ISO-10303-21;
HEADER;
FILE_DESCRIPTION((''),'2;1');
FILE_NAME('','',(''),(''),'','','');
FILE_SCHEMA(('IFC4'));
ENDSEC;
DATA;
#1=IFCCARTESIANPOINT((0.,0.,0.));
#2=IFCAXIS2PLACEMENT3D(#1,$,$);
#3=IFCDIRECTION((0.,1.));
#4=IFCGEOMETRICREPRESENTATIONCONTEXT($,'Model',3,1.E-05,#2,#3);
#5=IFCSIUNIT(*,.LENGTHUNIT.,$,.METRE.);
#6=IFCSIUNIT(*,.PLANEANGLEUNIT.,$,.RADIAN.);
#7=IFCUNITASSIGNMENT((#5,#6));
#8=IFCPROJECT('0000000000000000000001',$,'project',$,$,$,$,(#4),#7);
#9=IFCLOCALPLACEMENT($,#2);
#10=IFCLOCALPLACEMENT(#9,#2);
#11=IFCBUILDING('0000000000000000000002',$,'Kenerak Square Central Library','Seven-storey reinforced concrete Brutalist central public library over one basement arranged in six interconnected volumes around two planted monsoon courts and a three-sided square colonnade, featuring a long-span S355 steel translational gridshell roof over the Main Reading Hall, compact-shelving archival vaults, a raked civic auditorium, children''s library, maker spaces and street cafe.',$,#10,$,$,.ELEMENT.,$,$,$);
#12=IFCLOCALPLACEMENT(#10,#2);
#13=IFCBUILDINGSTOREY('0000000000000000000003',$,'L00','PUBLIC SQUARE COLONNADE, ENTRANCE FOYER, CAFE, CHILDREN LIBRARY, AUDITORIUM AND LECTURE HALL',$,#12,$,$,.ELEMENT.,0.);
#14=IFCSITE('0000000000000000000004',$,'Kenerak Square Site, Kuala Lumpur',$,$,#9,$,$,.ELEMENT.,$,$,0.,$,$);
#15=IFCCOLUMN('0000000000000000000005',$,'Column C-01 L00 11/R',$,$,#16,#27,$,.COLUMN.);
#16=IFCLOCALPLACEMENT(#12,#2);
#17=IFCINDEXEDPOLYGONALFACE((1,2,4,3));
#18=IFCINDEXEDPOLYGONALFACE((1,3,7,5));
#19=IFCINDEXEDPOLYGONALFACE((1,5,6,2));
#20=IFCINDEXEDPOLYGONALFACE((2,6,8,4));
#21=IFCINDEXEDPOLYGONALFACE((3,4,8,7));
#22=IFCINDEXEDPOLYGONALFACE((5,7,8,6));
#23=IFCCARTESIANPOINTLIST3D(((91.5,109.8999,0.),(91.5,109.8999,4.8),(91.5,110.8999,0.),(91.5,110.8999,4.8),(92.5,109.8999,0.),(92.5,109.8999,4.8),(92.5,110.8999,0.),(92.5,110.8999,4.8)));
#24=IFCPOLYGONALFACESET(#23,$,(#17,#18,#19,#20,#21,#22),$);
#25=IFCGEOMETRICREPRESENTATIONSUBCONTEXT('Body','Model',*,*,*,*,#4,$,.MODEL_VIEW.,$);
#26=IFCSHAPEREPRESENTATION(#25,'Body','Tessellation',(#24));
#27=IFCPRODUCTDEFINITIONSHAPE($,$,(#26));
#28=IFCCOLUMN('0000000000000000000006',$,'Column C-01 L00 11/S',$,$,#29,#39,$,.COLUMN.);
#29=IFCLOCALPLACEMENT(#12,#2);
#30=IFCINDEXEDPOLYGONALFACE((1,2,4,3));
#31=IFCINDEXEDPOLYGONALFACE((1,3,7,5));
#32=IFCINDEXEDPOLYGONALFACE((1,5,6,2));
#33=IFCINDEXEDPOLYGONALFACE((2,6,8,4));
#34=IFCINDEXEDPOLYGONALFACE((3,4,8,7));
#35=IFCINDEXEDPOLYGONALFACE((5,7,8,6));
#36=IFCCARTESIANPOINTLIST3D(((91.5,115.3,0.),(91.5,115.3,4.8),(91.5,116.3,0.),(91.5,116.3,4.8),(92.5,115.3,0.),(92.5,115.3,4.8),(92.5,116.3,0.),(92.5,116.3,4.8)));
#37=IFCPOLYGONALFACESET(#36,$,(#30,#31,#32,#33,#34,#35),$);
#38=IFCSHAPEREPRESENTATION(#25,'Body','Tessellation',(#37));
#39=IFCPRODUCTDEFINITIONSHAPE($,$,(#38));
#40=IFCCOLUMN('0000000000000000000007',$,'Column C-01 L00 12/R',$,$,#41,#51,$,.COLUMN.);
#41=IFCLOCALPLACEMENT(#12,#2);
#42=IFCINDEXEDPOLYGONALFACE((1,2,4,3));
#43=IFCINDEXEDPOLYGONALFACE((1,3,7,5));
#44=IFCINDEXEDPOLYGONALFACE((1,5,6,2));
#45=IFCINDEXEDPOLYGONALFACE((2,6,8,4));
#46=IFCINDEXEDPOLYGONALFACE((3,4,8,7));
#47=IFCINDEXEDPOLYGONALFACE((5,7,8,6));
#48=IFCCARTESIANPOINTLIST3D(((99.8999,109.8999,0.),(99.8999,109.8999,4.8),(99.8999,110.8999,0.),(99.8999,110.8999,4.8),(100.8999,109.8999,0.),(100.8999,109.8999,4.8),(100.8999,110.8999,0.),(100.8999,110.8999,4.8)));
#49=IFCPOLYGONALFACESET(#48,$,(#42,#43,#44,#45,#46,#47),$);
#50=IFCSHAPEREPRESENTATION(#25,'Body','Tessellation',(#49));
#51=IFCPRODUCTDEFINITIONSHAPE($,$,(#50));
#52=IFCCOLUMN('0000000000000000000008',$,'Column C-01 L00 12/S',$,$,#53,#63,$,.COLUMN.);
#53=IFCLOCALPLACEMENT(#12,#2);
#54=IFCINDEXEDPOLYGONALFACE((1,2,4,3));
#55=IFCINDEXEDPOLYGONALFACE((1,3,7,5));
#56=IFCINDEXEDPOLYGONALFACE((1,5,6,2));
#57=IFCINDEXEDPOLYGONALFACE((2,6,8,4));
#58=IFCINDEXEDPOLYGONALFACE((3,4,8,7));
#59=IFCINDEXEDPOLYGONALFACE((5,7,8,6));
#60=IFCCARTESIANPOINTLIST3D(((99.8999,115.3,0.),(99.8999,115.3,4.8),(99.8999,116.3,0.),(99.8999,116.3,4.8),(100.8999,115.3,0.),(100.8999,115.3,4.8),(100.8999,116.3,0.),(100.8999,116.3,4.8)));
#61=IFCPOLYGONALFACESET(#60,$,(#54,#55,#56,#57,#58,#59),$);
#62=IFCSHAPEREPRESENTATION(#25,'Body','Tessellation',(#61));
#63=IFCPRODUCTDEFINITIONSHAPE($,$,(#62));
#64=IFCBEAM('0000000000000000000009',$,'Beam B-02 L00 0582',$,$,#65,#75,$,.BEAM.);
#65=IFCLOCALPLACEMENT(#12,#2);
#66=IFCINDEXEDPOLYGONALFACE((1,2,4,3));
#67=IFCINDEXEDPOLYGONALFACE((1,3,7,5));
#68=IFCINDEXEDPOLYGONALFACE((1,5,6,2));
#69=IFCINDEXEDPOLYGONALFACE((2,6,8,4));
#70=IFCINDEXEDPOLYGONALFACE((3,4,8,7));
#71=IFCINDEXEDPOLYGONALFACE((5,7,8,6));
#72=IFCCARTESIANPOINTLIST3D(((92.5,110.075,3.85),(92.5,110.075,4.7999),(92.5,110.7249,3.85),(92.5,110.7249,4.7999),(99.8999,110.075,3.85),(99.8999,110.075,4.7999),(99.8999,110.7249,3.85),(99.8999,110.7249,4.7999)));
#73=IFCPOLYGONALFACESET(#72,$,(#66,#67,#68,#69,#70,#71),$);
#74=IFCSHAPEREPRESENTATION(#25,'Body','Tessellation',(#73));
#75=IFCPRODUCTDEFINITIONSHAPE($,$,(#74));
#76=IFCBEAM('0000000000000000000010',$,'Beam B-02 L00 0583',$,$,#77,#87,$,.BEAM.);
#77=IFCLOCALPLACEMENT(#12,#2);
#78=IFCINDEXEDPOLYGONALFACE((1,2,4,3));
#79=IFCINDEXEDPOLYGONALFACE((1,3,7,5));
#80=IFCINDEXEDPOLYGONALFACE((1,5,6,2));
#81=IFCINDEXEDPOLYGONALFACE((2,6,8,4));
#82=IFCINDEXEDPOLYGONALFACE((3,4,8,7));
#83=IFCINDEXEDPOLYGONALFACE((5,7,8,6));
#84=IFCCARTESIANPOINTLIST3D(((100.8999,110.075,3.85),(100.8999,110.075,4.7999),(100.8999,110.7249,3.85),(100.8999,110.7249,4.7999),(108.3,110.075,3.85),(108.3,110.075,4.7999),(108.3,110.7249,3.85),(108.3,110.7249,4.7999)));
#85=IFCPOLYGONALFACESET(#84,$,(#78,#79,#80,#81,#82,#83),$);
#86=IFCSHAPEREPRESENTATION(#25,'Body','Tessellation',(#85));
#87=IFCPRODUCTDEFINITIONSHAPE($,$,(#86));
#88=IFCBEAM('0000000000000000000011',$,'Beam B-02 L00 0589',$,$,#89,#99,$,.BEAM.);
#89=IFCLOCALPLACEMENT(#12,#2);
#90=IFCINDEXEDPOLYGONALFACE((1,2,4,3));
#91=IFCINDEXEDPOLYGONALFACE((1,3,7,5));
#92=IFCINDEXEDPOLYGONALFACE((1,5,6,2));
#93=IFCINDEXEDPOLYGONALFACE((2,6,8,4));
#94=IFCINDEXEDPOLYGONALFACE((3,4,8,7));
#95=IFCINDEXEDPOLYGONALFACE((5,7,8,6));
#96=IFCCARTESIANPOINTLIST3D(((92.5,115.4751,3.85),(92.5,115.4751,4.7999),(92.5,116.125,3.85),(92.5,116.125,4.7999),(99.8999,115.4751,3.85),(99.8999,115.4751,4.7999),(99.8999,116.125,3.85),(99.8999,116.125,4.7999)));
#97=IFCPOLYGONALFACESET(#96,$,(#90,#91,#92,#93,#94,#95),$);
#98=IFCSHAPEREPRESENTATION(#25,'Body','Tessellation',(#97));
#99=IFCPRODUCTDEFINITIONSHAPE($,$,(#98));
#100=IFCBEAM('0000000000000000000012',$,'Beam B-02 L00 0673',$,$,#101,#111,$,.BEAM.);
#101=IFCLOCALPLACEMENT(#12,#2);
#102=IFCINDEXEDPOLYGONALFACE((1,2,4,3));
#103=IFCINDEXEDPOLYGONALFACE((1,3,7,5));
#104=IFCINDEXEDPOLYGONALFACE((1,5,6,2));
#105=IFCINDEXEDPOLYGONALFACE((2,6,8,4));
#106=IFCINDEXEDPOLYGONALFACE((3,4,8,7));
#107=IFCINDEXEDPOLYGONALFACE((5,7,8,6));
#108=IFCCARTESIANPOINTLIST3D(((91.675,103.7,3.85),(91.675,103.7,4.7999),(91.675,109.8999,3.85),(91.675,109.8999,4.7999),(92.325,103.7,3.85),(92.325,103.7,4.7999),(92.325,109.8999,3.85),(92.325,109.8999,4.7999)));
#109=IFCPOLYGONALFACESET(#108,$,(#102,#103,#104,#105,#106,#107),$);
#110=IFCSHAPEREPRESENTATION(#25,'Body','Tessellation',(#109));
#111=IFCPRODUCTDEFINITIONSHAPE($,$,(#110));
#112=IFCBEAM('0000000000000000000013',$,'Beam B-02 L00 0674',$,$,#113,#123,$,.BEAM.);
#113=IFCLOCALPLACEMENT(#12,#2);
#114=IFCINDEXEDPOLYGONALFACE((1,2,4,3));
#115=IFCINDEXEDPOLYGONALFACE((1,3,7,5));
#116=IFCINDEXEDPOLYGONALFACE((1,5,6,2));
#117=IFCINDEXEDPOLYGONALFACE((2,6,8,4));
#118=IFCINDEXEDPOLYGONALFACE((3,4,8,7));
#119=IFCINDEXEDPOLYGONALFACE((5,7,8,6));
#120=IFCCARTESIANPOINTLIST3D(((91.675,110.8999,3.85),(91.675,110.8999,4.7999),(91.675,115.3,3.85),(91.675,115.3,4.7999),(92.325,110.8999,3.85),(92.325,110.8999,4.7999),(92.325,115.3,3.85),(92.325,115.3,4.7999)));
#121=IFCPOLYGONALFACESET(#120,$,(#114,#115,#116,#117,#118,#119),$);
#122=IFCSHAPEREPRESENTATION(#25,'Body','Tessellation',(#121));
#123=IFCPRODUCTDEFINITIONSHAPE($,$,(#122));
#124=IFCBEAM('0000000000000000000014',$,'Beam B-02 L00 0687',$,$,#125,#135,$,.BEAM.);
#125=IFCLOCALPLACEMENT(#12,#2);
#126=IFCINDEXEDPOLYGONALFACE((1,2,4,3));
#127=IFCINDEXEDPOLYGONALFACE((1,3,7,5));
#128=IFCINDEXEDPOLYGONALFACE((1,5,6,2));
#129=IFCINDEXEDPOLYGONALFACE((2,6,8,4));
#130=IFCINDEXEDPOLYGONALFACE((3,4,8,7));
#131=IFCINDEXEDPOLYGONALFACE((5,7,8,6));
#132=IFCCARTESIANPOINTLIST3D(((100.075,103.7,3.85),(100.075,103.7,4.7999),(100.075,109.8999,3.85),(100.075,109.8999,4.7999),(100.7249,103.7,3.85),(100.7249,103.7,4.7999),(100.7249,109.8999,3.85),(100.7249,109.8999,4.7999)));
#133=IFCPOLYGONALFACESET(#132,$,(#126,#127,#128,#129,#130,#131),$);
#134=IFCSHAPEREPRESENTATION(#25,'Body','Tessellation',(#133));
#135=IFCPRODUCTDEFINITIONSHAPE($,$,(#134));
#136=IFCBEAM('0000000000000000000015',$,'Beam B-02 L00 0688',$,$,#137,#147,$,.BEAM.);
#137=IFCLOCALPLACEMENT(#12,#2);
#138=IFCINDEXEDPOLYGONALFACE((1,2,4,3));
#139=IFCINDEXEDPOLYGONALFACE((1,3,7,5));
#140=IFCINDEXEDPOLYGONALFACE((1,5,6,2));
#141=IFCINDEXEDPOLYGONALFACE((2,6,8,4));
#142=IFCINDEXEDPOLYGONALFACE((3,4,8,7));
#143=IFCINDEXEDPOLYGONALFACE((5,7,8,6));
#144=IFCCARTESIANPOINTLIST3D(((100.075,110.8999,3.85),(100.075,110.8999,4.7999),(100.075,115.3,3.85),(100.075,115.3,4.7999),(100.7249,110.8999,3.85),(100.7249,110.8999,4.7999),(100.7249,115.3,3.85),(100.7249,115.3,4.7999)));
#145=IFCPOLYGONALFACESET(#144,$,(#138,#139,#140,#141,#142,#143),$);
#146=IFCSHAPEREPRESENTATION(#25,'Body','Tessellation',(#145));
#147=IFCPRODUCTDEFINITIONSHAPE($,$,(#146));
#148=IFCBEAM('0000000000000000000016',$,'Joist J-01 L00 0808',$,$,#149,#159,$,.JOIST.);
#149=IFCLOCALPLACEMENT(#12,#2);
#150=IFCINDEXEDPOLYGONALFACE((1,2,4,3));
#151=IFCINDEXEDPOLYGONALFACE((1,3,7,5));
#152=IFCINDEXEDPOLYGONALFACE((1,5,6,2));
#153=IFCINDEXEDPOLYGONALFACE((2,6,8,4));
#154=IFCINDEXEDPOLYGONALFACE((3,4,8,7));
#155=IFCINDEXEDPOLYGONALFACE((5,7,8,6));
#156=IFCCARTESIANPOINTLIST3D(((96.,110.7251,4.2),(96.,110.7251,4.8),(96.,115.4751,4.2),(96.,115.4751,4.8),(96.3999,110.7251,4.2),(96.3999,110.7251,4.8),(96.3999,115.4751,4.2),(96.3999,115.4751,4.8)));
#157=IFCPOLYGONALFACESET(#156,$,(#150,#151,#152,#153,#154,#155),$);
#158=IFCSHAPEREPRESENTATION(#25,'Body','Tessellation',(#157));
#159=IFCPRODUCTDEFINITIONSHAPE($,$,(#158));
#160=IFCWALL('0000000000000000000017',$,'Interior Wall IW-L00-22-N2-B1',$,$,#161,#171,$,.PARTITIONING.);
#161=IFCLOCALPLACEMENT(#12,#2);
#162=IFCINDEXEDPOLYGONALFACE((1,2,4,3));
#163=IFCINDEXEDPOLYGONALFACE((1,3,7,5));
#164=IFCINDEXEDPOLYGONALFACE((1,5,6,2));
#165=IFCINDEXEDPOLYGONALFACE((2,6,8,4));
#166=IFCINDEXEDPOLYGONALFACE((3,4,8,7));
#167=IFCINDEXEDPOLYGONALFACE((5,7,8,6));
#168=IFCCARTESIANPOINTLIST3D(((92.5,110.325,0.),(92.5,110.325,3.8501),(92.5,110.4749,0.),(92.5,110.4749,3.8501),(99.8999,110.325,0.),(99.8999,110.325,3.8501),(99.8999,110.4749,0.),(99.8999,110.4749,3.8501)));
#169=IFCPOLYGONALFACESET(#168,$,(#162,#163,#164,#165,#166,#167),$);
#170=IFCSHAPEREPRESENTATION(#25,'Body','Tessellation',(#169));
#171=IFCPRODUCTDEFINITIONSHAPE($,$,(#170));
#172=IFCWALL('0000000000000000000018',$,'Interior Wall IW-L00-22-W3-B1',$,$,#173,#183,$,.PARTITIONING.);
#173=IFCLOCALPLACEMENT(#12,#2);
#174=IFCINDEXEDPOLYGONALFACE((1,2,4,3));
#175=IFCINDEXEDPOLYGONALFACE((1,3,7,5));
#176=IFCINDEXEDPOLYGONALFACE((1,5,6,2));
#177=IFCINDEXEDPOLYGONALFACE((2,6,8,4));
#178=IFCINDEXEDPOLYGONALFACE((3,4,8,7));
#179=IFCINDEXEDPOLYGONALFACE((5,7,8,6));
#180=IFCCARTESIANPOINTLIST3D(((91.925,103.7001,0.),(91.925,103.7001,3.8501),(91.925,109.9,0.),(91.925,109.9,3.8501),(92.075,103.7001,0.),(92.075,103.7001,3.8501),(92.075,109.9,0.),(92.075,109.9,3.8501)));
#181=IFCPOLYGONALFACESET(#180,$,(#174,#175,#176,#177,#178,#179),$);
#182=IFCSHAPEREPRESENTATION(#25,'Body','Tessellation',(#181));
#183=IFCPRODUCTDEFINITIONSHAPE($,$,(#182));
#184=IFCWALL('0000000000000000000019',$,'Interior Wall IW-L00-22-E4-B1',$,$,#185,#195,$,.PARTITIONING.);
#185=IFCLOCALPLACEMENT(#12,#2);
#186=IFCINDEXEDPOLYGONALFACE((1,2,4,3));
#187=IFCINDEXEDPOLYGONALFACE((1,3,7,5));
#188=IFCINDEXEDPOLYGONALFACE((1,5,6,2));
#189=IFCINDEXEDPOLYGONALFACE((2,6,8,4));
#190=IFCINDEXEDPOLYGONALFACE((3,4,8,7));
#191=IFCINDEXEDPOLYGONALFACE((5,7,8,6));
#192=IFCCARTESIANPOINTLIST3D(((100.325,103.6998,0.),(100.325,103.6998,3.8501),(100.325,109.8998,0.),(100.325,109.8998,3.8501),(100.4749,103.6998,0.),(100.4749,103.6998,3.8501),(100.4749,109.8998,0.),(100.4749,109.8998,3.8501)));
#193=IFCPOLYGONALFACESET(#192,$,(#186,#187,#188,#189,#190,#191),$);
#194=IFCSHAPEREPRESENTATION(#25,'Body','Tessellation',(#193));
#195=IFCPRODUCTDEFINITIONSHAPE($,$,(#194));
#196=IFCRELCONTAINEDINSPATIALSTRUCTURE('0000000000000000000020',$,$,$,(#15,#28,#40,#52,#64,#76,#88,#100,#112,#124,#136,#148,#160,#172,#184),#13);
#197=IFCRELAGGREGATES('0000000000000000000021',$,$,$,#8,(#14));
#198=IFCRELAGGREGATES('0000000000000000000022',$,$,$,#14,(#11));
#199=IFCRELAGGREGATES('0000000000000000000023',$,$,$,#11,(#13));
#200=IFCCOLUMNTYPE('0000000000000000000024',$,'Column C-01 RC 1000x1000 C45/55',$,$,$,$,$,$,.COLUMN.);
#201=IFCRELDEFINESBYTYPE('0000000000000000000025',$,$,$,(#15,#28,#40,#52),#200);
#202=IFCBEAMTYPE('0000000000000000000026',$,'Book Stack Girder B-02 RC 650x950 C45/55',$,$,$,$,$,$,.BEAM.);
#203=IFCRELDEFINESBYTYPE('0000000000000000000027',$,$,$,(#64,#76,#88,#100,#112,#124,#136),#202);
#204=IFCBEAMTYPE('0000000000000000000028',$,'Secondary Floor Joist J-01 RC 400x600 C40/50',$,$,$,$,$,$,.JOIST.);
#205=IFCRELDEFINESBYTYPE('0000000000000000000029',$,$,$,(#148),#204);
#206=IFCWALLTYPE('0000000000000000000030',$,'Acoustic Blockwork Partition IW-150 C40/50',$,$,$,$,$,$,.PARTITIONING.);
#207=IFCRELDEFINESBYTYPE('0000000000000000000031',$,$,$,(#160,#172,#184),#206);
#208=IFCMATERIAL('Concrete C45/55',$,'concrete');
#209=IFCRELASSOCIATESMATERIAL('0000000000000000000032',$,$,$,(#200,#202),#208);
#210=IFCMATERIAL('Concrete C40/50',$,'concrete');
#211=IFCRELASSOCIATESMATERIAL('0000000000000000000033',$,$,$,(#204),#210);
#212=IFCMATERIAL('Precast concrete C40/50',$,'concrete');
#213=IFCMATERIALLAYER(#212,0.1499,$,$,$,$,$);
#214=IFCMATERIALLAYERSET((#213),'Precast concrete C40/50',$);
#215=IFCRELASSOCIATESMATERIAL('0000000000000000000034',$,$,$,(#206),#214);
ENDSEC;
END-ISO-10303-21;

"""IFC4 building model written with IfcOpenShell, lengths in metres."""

from ifc_helpers import new_model, si_unit, direction, frame, frame_2d, origin, origin_2d, place, context, subcontext, project, spatial, rectangle, extrude, material, layer, layer_set, material_profile, profile_set, type_object, element, save


model = new_model("IFC4")

# Units and contexts
model_context = context("Model", 3, precision=1e-05, world=origin(), true_north=direction((0.0, 1.0)))
body_context = subcontext(model_context, "Body", "Model", "MODEL_VIEW")
ifc_project = project(units=[si_unit("LENGTHUNIT", "METRE"), si_unit("PLANEANGLEUNIT", "RADIAN")], contexts=[model_context])

# Site, building, storey
site_placement = place(None, origin())
site = spatial("IfcSite", under=ifc_project, at=site_placement, Name="Kenerak Square Site, Kuala Lumpur", CompositionType="ELEMENT", RefElevation=0.0)
building_placement = place(site_placement, origin())
building = spatial("IfcBuilding", under=site, at=building_placement, Name="Kenerak Square Central Library", Description="Seven-storey reinforced concrete Brutalist central public library over one basement arranged in six interconnected volumes around two planted monsoon courts and a three-sided square colonnade, featuring a long-span S355 steel translational gridshell roof over the Main Reading Hall, compact-shelving archival vaults, a raked civic auditorium, children's library, maker spaces and street cafe.", CompositionType="ELEMENT")
storey_placement = place(building_placement, origin())
storey = spatial("IfcBuildingStorey", under=building, at=storey_placement, Name="L00", Description="PUBLIC SQUARE COLONNADE, ENTRANCE FOYER, CAFE, CHILDREN LIBRARY, AUDITORIUM AND LECTURE HALL", CompositionType="ELEMENT", Elevation=0.0)

# Columns
ifc_material_1 = material(Name="Concrete C45/55", Category="concrete")
ifc_material_profile_1 = material_profile(ifc_material_1, rectangle(XDim=1.0, YDim=1.0, at=origin_2d()), Name="RC 1000x1000")
ifc_profile_set_1 = profile_set([ifc_material_profile_1], Name="Concrete C45/55")
column_type = type_object("IfcColumnType", Name="Column C-01 RC 1000x1000 C45/55", PredefinedType="COLUMN", material=ifc_profile_set_1)
for number, where, z_axis, x_axis, name in (
    (1, (92.0, 110.3999, 0.0), (0.0, 0.0, 1.0), (1.0, 0.0, 0.0), "Column C-01 L00 11/R"),
    (2, (92.0, 115.8, 0.0), (0.0, 0.0, 1.0), (1.0, 0.0, 0.0), "Column C-01 L00 11/S"),
    (3, (100.3999, 110.3999, 0.0), (0.0, 0.0, 1.0), (1.0, 0.0, 0.0), "Column C-01 L00 12/R"),
    (4, (100.3999, 115.8, 0.0), (0.0, 0.0, 1.0), (1.0, 0.0, 0.0), "Column C-01 L00 12/S"),
):
    element("IfcColumn", number, at=place(storey_placement, frame(where, z_axis=z_axis, x_axis=x_axis)), inside=storey, type_object=column_type, Name=name, PredefinedType="COLUMN", context=body_context, shape_type="SweptSolid", body=[
        extrude(rectangle(XDim=1.0, YDim=1.0, at=origin_2d()), origin(), (0.0, 0.0, 1.0), 4.8),
    ])

# Beams
ifc_material_profile_2 = material_profile(ifc_material_1, rectangle(XDim=0.6499, YDim=0.95, at=origin_2d()), Name="RC 650x950")
ifc_profile_set_2 = profile_set([ifc_material_profile_2], Name="Concrete C45/55")
beam_type_1 = type_object("IfcBeamType", Name="Book Stack Girder B-02 RC 650x950 C45/55", PredefinedType="BEAM", material=ifc_profile_set_2)
beam_1_placement = place(storey_placement, frame((92.5, 110.3999, 4.325), z_axis=(1.0, 0.0, 0.0), x_axis=(0.0, 1.0, 0.0)))
element("IfcBeam", 5, at=beam_1_placement, inside=storey, type_object=beam_type_1, Name="Beam B-02 L00 0582", PredefinedType="BEAM", context=body_context, shape_type="SweptSolid", body=[
    extrude(rectangle(XDim=0.6499, YDim=0.95, at=origin_2d()), origin(), (0.0, 0.0, 1.0), 7.3999),
])
beam_2_placement = place(storey_placement, frame((100.8999, 110.3999, 4.325), z_axis=(1.0, 0.0, 0.0), x_axis=(0.0, 1.0, 0.0)))
element("IfcBeam", 6, at=beam_2_placement, inside=storey, type_object=beam_type_1, Name="Beam B-02 L00 0583", PredefinedType="BEAM", context=body_context, shape_type="SweptSolid", body=[
    extrude(rectangle(XDim=0.6499, YDim=0.95, at=origin_2d()), origin(), (0.0, 0.0, 1.0), 7.4001),
])
beam_3_placement = place(storey_placement, frame((92.5, 115.8, 4.325), z_axis=(1.0, 0.0, 0.0), x_axis=(0.0, 1.0, 0.0)))
element("IfcBeam", 7, at=beam_3_placement, inside=storey, type_object=beam_type_1, Name="Beam B-02 L00 0589", PredefinedType="BEAM", context=body_context, shape_type="SweptSolid", body=[
    extrude(rectangle(XDim=0.6499, YDim=0.95, at=origin_2d()), origin(), (0.0, 0.0, 1.0), 7.3999),
])
beam_4_placement = place(storey_placement, frame((92.0, 103.7, 4.325), z_axis=(0.0, 1.0, 0.0), x_axis=(-1.0, 0.0, 0.0)))
element("IfcBeam", 8, at=beam_4_placement, inside=storey, type_object=beam_type_1, Name="Beam B-02 L00 0673", PredefinedType="BEAM", context=body_context, shape_type="SweptSolid", body=[
    extrude(rectangle(XDim=0.6499, YDim=0.95, at=origin_2d()), origin(), (0.0, 0.0, 1.0), 6.2),
])
beam_5_placement = place(storey_placement, frame((92.0, 110.8999, 4.325), z_axis=(0.0, 1.0, 0.0), x_axis=(-1.0, 0.0, 0.0)))
element("IfcBeam", 9, at=beam_5_placement, inside=storey, type_object=beam_type_1, Name="Beam B-02 L00 0674", PredefinedType="BEAM", context=body_context, shape_type="SweptSolid", body=[
    extrude(rectangle(XDim=0.6499, YDim=0.95, at=origin_2d()), origin(), (0.0, 0.0, 1.0), 4.4001),
])
beam_6_placement = place(storey_placement, frame((100.3999, 103.7, 4.325), z_axis=(0.0, 1.0, 0.0), x_axis=(-1.0, 0.0, 0.0)))
element("IfcBeam", 10, at=beam_6_placement, inside=storey, type_object=beam_type_1, Name="Beam B-02 L00 0687", PredefinedType="BEAM", context=body_context, shape_type="SweptSolid", body=[
    extrude(rectangle(XDim=0.6499, YDim=0.95, at=origin_2d()), origin(), (0.0, 0.0, 1.0), 6.2),
])
beam_7_placement = place(storey_placement, frame((100.3999, 110.8999, 4.325), z_axis=(0.0, 1.0, 0.0), x_axis=(-1.0, 0.0, 0.0)))
element("IfcBeam", 11, at=beam_7_placement, inside=storey, type_object=beam_type_1, Name="Beam B-02 L00 0688", PredefinedType="BEAM", context=body_context, shape_type="SweptSolid", body=[
    extrude(rectangle(XDim=0.6499, YDim=0.95, at=origin_2d()), origin(), (0.0, 0.0, 1.0), 4.4001),
])
ifc_material_2 = material(Name="Concrete C40/50", Category="concrete")
ifc_material_profile_3 = material_profile(ifc_material_2, rectangle(XDim=0.3999, YDim=0.6001, at=origin_2d()), Name="RC 400x600")
ifc_profile_set_3 = profile_set([ifc_material_profile_3], Name="Concrete C40/50")
beam_type_2 = type_object("IfcBeamType", Name="Secondary Floor Joist J-01 RC 400x600 C40/50", PredefinedType="JOIST", material=ifc_profile_set_3)
beam_8_placement = place(storey_placement, frame((96.2, 110.7251, 4.5), z_axis=(0.0, 1.0, 0.0), x_axis=(-1.0, 0.0, 0.0)))
element("IfcBeam", 12, at=beam_8_placement, inside=storey, type_object=beam_type_2, Name="Joist J-01 L00 0808", PredefinedType="JOIST", context=body_context, shape_type="SweptSolid", body=[
    extrude(rectangle(XDim=0.3999, YDim=0.6001, at=origin_2d()), origin(), (0.0, 0.0, 1.0), 4.75),
])

# Walls
ifc_material_3 = material(Name="Precast concrete C40/50", Category="concrete")
ifc_layer_1 = layer(ifc_material_3, 0.1499)
ifc_layer_set_1 = layer_set([ifc_layer_1], Name="Precast concrete C40/50")
wall_type_1 = type_object("IfcWallType", Name="Acoustic Blockwork Partition IW-150 C40/50", PredefinedType="PARTITIONING", material=ifc_layer_set_1)
wall_1_placement = place(storey_placement, frame((92.5, 110.3999, 0.0), z_axis=(0.0, 0.0, 1.0), x_axis=(1.0, 0.0, 0.0)))
element("IfcWall", 13, at=wall_1_placement, inside=storey, type_object=wall_type_1, Name="Interior Wall IW-L00-22-N2-B1", PredefinedType="PARTITIONING", context=body_context, shape_type="SweptSolid", body=[
    extrude(rectangle(XDim=7.3999, YDim=0.1499, at=frame_2d((3.7, 0.0))), origin(), (0.0, 0.0, 1.0), 3.8501),
])
for number, where, z_axis, x_axis, name in (
    (14, (92.0, 103.7, 0.0), (0.0, 0.0, 1.0), (0.0, 1.0, 0.0), "Interior Wall IW-L00-22-W3-B1"),
    (15, (100.3999, 109.8999, 0.0), (0.0, 0.0, 1.0), (0.0, -1.0, 0.0), "Interior Wall IW-L00-22-E4-B1"),
):
    element("IfcWall", number, at=place(storey_placement, frame(where, z_axis=z_axis, x_axis=x_axis)), inside=storey, type_object=wall_type_1, Name=name, PredefinedType="PARTITIONING", context=body_context, shape_type="SweptSolid", body=[
        extrude(rectangle(XDim=6.2, YDim=0.1499, at=frame_2d((3.1001, 0.0))), origin(), (0.0, 0.0, 1.0), 3.8501),
    ])

save(model, "model.ifc")
